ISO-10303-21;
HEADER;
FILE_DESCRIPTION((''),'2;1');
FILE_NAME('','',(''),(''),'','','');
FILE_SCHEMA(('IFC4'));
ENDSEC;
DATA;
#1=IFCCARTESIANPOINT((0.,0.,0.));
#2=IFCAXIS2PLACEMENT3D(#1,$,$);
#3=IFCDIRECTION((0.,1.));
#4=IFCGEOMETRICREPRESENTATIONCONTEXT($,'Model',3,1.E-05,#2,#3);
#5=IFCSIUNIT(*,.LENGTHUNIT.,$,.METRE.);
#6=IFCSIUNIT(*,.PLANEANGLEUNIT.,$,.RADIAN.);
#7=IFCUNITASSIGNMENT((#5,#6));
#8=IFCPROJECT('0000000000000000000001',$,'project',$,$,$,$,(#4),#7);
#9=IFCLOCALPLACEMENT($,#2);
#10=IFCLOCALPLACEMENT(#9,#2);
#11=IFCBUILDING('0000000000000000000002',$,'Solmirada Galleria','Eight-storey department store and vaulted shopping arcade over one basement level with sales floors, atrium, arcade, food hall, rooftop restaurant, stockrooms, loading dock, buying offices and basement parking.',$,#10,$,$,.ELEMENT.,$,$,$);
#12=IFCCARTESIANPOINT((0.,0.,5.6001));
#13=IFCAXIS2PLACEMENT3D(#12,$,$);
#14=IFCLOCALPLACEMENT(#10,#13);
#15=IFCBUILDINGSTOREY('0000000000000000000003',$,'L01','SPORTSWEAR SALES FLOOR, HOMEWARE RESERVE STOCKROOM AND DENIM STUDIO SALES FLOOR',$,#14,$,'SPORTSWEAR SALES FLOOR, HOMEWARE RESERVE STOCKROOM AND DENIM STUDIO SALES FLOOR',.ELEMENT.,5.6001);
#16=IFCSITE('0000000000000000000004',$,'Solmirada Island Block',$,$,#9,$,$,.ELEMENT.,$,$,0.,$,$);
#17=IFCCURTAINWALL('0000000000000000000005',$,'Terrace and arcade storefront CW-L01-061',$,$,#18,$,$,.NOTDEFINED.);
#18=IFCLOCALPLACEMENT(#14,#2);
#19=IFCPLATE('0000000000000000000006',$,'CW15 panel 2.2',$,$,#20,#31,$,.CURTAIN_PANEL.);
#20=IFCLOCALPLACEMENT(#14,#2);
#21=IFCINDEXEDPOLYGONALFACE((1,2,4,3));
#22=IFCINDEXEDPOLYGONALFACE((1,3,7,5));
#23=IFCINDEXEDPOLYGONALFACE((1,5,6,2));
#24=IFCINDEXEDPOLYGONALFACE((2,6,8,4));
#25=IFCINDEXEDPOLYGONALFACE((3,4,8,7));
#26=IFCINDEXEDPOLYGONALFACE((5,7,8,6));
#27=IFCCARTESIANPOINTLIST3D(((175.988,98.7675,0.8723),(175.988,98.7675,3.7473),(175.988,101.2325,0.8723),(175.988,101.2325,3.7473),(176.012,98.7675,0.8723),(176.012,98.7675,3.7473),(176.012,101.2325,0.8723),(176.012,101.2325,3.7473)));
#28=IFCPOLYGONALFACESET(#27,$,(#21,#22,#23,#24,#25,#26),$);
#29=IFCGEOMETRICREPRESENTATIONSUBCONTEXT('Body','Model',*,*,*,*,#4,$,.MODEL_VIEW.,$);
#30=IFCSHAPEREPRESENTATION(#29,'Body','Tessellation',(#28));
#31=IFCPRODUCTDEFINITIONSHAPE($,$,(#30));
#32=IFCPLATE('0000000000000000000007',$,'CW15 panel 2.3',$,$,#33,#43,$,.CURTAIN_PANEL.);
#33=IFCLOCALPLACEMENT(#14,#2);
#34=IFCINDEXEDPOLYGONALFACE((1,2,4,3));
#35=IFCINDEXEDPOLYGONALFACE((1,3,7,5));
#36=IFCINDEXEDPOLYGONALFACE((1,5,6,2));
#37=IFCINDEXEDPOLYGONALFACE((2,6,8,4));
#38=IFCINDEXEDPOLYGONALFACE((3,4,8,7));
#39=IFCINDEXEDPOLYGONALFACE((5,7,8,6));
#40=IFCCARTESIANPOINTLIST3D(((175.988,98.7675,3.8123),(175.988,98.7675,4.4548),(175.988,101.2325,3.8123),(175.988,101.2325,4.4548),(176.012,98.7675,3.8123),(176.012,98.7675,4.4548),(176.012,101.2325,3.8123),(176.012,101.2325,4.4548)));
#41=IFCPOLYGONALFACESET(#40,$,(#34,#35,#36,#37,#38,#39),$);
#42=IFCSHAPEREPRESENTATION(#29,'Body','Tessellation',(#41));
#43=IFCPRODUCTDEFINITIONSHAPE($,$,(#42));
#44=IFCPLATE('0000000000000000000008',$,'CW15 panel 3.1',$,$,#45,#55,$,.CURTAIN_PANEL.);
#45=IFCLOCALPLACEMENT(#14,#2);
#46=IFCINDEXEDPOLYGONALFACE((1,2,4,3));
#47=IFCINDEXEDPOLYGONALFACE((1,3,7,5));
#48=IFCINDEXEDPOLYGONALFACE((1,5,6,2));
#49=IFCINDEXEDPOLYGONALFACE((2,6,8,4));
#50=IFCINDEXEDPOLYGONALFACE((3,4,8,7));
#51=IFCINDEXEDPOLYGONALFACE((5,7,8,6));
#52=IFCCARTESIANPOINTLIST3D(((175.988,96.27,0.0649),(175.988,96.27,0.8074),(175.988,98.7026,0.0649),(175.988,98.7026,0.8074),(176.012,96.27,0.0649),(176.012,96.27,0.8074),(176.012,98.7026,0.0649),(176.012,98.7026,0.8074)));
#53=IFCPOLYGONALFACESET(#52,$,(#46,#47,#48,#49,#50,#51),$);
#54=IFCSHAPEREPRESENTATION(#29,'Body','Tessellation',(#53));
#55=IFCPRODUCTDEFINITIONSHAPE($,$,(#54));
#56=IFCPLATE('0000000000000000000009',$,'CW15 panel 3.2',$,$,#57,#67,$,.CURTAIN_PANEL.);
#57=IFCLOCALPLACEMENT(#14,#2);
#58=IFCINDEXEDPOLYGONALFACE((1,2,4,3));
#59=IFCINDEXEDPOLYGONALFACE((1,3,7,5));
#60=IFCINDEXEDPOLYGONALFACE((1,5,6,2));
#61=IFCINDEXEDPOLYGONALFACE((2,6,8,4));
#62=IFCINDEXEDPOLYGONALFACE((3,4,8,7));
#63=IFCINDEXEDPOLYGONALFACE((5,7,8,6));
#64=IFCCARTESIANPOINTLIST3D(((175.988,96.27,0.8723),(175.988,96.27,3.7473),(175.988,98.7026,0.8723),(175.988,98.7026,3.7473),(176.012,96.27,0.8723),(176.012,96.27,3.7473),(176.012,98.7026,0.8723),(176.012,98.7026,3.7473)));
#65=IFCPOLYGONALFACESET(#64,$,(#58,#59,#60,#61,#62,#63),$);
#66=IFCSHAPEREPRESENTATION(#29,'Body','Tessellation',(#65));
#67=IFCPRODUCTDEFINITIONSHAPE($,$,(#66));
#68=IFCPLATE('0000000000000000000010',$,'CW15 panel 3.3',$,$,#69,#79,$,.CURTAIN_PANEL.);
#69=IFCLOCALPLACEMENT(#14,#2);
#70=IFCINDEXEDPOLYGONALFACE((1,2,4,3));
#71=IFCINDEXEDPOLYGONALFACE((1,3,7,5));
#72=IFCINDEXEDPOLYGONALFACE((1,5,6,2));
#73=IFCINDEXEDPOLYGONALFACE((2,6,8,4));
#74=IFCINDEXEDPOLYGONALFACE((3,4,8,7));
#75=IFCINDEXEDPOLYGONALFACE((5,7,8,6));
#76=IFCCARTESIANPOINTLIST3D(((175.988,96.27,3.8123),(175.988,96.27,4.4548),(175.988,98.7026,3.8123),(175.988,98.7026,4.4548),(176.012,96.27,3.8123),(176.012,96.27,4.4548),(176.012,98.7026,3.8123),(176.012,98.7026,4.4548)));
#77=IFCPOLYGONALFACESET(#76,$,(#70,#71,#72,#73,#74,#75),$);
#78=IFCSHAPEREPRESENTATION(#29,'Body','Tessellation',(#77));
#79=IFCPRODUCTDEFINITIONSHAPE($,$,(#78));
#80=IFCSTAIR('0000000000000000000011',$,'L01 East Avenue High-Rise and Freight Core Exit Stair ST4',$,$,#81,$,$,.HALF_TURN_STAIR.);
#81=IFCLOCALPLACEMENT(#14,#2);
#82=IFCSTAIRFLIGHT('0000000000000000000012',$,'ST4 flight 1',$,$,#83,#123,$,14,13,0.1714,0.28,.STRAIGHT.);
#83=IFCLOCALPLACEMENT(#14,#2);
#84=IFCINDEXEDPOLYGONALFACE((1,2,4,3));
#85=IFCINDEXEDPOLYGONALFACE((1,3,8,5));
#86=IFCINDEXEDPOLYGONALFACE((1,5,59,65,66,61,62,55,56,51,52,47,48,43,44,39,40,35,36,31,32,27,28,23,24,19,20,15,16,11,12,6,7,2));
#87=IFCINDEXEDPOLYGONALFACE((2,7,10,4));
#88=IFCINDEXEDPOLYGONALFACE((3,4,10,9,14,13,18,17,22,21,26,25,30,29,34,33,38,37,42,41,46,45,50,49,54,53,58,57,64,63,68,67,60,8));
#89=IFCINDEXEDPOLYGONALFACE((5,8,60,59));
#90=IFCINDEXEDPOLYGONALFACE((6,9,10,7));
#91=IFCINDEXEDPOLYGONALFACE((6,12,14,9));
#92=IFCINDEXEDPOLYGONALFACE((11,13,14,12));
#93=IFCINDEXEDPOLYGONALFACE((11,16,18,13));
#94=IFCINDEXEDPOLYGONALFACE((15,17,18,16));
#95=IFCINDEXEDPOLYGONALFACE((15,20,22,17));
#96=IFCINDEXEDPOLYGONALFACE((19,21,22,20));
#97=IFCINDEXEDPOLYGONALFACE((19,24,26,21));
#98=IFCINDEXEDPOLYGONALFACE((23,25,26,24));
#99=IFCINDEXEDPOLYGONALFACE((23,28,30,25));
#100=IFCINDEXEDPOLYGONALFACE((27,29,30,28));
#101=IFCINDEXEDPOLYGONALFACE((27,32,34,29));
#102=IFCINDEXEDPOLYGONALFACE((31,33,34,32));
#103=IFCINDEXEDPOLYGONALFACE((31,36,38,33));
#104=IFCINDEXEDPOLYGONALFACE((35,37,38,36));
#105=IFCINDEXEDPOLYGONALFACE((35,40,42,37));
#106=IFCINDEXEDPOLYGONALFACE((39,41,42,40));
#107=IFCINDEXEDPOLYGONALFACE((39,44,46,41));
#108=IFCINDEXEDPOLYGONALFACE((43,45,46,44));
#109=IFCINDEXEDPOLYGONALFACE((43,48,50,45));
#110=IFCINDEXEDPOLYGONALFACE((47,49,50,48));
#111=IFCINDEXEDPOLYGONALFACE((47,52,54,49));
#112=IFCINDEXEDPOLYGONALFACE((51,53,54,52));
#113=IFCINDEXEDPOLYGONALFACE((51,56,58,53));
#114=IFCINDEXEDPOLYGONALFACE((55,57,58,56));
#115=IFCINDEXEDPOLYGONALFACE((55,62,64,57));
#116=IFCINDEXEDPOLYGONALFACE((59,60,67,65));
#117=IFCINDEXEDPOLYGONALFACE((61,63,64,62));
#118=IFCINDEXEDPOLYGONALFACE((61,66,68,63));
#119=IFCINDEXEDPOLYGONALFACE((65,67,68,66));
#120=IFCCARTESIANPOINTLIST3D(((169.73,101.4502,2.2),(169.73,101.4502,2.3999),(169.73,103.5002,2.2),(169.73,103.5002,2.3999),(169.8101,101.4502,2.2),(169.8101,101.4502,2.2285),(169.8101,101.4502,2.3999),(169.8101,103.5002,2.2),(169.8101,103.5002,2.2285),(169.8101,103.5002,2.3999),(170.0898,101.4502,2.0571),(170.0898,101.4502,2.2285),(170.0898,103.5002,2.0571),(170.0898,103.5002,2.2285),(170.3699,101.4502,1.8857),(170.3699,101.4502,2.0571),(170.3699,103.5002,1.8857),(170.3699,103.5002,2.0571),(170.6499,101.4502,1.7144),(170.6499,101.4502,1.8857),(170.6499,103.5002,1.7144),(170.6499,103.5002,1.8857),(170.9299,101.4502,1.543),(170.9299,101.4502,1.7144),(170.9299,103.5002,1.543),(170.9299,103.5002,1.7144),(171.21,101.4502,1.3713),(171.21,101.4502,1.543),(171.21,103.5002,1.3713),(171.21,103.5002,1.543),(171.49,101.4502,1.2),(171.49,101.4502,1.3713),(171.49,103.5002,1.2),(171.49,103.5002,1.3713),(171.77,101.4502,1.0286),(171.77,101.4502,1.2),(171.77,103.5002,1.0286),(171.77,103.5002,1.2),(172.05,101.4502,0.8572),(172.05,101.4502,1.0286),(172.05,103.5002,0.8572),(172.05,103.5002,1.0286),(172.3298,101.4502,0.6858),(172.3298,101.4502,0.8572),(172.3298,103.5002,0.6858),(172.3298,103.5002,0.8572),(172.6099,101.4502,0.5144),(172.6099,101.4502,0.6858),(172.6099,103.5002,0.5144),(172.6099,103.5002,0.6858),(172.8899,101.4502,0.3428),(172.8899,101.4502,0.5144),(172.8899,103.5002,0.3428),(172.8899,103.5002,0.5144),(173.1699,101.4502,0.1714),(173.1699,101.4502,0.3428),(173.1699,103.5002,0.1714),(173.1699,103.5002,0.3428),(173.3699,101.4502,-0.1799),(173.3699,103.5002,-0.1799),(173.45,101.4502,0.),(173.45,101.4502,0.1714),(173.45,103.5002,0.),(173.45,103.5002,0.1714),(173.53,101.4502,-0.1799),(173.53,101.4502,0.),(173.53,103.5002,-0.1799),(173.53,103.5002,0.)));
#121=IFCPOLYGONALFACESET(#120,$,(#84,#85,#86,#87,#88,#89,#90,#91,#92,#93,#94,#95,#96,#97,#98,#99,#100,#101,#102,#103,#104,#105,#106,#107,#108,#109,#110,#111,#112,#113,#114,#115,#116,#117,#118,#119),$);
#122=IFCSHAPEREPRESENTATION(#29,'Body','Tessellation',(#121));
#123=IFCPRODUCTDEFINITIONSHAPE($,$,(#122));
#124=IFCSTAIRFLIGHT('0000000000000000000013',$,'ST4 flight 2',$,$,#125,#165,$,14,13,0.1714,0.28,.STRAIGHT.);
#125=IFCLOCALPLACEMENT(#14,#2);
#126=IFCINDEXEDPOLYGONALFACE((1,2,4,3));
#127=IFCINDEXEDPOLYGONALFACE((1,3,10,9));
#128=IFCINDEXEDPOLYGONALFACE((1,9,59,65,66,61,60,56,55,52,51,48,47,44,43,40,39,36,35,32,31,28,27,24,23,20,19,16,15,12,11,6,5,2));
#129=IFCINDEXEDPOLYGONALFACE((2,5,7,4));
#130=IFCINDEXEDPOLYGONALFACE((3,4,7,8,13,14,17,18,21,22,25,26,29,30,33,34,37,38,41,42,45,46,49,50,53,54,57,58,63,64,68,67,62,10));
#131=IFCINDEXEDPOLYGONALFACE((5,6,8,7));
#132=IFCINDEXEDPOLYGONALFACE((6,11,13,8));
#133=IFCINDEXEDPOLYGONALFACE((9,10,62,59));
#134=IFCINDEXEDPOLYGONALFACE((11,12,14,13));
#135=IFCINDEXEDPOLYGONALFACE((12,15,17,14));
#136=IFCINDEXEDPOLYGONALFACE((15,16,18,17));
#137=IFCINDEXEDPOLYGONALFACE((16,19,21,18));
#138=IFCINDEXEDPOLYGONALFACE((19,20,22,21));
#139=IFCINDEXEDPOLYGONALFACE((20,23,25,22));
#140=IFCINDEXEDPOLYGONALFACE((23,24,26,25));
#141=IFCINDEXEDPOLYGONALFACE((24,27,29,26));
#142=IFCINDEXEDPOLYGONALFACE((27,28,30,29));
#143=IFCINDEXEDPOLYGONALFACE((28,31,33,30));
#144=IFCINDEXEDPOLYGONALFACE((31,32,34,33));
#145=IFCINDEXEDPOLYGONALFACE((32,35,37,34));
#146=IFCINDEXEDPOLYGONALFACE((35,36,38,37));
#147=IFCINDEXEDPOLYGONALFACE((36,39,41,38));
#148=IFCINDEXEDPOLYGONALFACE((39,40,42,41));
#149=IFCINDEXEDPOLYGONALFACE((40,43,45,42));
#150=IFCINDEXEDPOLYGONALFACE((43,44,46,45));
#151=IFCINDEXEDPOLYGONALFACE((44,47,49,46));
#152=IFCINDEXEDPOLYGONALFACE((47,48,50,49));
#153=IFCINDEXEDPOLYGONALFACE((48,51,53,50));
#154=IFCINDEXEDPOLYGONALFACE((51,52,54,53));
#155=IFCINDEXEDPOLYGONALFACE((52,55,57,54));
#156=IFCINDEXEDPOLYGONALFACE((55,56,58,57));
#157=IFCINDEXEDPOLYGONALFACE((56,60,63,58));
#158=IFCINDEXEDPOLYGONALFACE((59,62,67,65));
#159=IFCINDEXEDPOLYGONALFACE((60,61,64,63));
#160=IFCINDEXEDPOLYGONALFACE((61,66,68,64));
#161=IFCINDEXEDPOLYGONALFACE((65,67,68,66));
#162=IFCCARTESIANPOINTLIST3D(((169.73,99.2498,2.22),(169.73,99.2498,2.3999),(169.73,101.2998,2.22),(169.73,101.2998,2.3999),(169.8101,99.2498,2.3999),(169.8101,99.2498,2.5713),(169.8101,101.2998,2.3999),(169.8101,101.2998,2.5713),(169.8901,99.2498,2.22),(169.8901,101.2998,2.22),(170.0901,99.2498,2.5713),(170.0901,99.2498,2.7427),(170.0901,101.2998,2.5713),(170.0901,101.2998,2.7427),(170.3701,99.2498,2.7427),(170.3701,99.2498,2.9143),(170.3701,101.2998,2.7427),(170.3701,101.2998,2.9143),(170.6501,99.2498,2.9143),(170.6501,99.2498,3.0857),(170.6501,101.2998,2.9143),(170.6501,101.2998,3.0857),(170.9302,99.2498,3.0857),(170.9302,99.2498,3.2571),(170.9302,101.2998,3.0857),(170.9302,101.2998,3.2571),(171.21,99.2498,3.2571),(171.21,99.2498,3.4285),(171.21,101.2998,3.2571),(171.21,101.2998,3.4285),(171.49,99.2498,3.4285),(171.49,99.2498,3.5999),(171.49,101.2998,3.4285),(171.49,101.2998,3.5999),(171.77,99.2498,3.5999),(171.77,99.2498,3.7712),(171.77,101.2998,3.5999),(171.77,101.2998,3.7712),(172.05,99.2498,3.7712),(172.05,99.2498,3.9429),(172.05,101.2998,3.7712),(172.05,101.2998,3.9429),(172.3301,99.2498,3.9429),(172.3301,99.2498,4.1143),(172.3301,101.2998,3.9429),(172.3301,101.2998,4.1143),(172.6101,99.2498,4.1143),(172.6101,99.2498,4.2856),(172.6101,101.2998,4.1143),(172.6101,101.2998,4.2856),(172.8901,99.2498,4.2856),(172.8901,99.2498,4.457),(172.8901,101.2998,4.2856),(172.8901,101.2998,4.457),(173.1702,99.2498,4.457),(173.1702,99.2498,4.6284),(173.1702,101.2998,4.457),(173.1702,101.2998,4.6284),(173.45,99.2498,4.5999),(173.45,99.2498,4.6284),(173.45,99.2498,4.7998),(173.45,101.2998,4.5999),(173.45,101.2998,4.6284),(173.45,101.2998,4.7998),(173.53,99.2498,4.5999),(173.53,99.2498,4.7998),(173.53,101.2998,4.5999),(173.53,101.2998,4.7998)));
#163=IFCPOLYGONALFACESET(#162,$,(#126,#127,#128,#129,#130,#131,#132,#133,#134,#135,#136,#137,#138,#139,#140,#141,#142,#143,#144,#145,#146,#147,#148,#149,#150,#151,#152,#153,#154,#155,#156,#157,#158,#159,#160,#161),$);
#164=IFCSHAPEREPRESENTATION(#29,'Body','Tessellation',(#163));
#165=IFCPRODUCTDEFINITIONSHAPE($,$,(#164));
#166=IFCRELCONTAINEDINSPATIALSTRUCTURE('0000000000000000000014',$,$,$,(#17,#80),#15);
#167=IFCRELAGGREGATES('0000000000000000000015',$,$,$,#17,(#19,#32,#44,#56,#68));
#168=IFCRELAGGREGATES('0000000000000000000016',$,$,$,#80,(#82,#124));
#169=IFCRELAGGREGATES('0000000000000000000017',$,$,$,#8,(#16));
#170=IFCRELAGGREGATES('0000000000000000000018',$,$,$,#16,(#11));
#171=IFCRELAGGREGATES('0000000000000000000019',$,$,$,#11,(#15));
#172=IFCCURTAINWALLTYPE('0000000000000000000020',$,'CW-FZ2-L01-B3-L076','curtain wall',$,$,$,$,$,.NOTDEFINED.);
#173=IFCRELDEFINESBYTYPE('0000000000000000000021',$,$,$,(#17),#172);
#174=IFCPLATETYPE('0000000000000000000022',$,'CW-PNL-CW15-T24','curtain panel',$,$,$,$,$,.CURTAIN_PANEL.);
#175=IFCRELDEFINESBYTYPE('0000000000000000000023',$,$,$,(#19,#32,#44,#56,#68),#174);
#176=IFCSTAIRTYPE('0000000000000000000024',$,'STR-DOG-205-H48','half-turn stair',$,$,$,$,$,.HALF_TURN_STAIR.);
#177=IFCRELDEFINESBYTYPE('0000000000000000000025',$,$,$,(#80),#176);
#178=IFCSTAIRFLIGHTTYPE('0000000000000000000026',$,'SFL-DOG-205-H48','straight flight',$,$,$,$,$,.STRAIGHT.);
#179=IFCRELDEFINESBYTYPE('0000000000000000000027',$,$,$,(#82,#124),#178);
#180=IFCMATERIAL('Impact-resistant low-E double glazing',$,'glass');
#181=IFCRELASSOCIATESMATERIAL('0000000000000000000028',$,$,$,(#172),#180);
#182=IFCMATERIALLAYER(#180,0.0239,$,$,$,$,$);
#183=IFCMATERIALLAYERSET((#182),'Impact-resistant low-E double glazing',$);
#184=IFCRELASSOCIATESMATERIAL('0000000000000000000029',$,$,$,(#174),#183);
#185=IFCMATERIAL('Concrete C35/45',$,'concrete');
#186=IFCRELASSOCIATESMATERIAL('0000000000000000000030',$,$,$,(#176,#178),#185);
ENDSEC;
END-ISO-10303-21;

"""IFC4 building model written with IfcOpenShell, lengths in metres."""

from ifc_helpers import new_model, si_unit, direction, frame, origin, origin_2d, place, context, subcontext, project, spatial, polyline, rectangle, outline, extrude, material, layer, layer_set, type_object, element, aggregate, save


model = new_model("IFC4")

# Units and contexts
model_context = context("Model", 3, precision=1e-05, world=origin(), true_north=direction((0.0, 1.0)))
body_context = subcontext(model_context, "Body", "Model", "MODEL_VIEW")
ifc_project = project(units=[si_unit("LENGTHUNIT", "METRE"), si_unit("PLANEANGLEUNIT", "RADIAN")], contexts=[model_context])

# Site, building, storey
site_placement = place(None, origin())
site = spatial("IfcSite", under=ifc_project, at=site_placement, Name="Solmirada Island Block", CompositionType="ELEMENT", RefElevation=0.0)
building_placement = place(site_placement, origin())
building = spatial("IfcBuilding", under=site, at=building_placement, Name="Solmirada Galleria", Description="Eight-storey department store and vaulted shopping arcade over one basement level with sales floors, atrium, arcade, food hall, rooftop restaurant, stockrooms, loading dock, buying offices and basement parking.", CompositionType="ELEMENT")
storey_placement = place(building_placement, frame((0.0, 0.0, 5.6001)))
storey = spatial("IfcBuildingStorey", under=building, at=storey_placement, Name="L01", Description="SPORTSWEAR SALES FLOOR, HOMEWARE RESERVE STOCKROOM AND DENIM STUDIO SALES FLOOR", LongName="SPORTSWEAR SALES FLOOR, HOMEWARE RESERVE STOCKROOM AND DENIM STUDIO SALES FLOOR", CompositionType="ELEMENT", Elevation=5.6001)

# Curtain wall, plates
ifc_material_1 = material(Name="Impact-resistant low-E double glazing", Category="glass")
curtain_wall_type = type_object("IfcCurtainWallType", Name="CW-FZ2-L01-B3-L076", Description="curtain wall", PredefinedType="NOTDEFINED", material=ifc_material_1)
curtain_wall_placement = place(storey_placement, origin())
curtain_wall = element("IfcCurtainWall", 1, at=curtain_wall_placement, inside=storey, type_object=curtain_wall_type, Name="Terrace and arcade storefront CW-L01-061", PredefinedType="NOTDEFINED")
ifc_layer = layer(ifc_material_1, 0.0239)
ifc_layer_set = layer_set([ifc_layer], Name="Impact-resistant low-E double glazing")
plate_type = type_object("IfcPlateType", Name="CW-PNL-CW15-T24", Description="curtain panel", PredefinedType="CURTAIN_PANEL", material=ifc_layer_set)
plate_1_placement = place(storey_placement, frame((176.0, 100.0, 0.8723), z_axis=(0.0, 0.0, 1.0), x_axis=(0.0, -1.0, 0.0)))
plate_1 = element("IfcPlate", 2, at=plate_1_placement, type_object=plate_type, Name="CW15 panel 2.2", PredefinedType="CURTAIN_PANEL", context=body_context, shape_type="SweptSolid", body=[
    extrude(rectangle(XDim=2.4651, YDim=0.0239, at=origin_2d()), origin(), (0.0, 0.0, 1.0), 2.875),
])
plate_2_placement = place(storey_placement, frame((176.0, 100.0, 3.8123), z_axis=(0.0, 0.0, 1.0), x_axis=(0.0, -1.0, 0.0)))
plate_2 = element("IfcPlate", 3, at=plate_2_placement, type_object=plate_type, Name="CW15 panel 2.3", PredefinedType="CURTAIN_PANEL", context=body_context, shape_type="SweptSolid", body=[
    extrude(rectangle(XDim=2.4651, YDim=0.0239, at=origin_2d()), origin(), (0.0, 0.0, 1.0), 0.6426),
])
plate_3_placement = place(storey_placement, frame((176.0, 97.4863, 0.0649), z_axis=(0.0, 0.0, 1.0), x_axis=(0.0, -1.0, 0.0)))
plate_3 = element("IfcPlate", 4, at=plate_3_placement, type_object=plate_type, Name="CW15 panel 3.1", PredefinedType="CURTAIN_PANEL", context=body_context, shape_type="SweptSolid", body=[
    extrude(rectangle(XDim=2.4326, YDim=0.0239, at=origin_2d()), origin(), (0.0, 0.0, 1.0), 0.7424),
])
plate_4_placement = place(storey_placement, frame((176.0, 97.4863, 0.8723), z_axis=(0.0, 0.0, 1.0), x_axis=(0.0, -1.0, 0.0)))
plate_4 = element("IfcPlate", 5, at=plate_4_placement, type_object=plate_type, Name="CW15 panel 3.2", PredefinedType="CURTAIN_PANEL", context=body_context, shape_type="SweptSolid", body=[
    extrude(rectangle(XDim=2.4326, YDim=0.0239, at=origin_2d()), origin(), (0.0, 0.0, 1.0), 2.875),
])
plate_5_placement = place(storey_placement, frame((176.0, 97.4863, 3.8123), z_axis=(0.0, 0.0, 1.0), x_axis=(0.0, -1.0, 0.0)))
plate_5 = element("IfcPlate", 6, at=plate_5_placement, type_object=plate_type, Name="CW15 panel 3.3", PredefinedType="CURTAIN_PANEL", context=body_context, shape_type="SweptSolid", body=[
    extrude(rectangle(XDim=2.4326, YDim=0.0239, at=origin_2d()), origin(), (0.0, 0.0, 1.0), 0.6426),
])
aggregate(curtain_wall, [plate_1, plate_2, plate_3, plate_4, plate_5])

# Stair, stair flights
ifc_material_2 = material(Name="Concrete C35/45", Category="concrete")
stair_type = type_object("IfcStairType", Name="STR-DOG-205-H48", Description="half-turn stair", PredefinedType="HALF_TURN_STAIR", material=ifc_material_2)
stair_placement = place(storey_placement, origin())
stair = element("IfcStair", 7, at=stair_placement, inside=storey, type_object=stair_type, Name="L01 East Avenue High-Rise and Freight Core Exit Stair ST4", PredefinedType="HALF_TURN_STAIR")
stair_flight_type = type_object("IfcStairFlightType", Name="SFL-DOG-205-H48", Description="straight flight", PredefinedType="STRAIGHT", material=ifc_material_2)
stair_flight_1_placement = place(storey_placement, frame((173.45, 102.4751, 0.0), z_axis=(0.0, 0.0, 1.0), x_axis=(-1.0, 0.0, 0.0)))
stair_flight_1 = element("IfcStairFlight", 8, at=stair_flight_1_placement, type_object=stair_flight_type, Name="ST4 flight 1", NumberOfRisers=14, NumberOfTreads=13, PredefinedType="STRAIGHT", RiserHeight=0.1714, TreadLength=0.28, context=body_context, shape_type="SweptSolid", body=[
    extrude(outline(polyline([(-0.0801, 0.0), (0.0, 0.0), (0.0, 0.1714), (0.28, 0.1714), (0.28, 0.3428), (0.5601, 0.3428), (0.5601, 0.5144), (0.8401, 0.5144), (0.8401, 0.6858), (1.1201, 0.6858), (1.1201, 0.8572), (1.3999, 0.8572), (1.3999, 1.0286), (1.6799, 1.0286), (1.6799, 1.2), (1.96, 1.2), (1.96, 1.3713), (2.24, 1.3713), (2.24, 1.543), (2.52, 1.543), (2.52, 1.7144), (2.8, 1.7144), (2.8, 1.8857), (3.0801, 1.8857), (3.0801, 2.0571), (3.3601, 2.0571), (3.3601, 2.2285), (3.6399, 2.2285), (3.6399, 2.3999), (3.72, 2.3999), (3.72, 2.2), (3.6399, 2.2), (0.0801, -0.1799), (-0.0801, -0.1799), (-0.0801, 0.0)])), frame((0.0, 1.0249, 0.0), z_axis=(0.0, -1.0, 0.0), x_axis=(1.0, 0.0, 0.0)), (0.0, 0.0, 1.0), 2.05),
])
stair_flight_2_placement = place(storey_placement, frame((169.8101, 100.2749, 2.3999), z_axis=(0.0, 0.0, 1.0), x_axis=(1.0, 0.0, 0.0)))
stair_flight_2 = element("IfcStairFlight", 9, at=stair_flight_2_placement, type_object=stair_flight_type, Name="ST4 flight 2", NumberOfRisers=14, NumberOfTreads=13, PredefinedType="STRAIGHT", RiserHeight=0.1714, TreadLength=0.28, context=body_context, shape_type="SweptSolid", body=[
    extrude(outline(polyline([(-0.0801, 0.0), (0.0, 0.0), (0.0, 0.1714), (0.28, 0.1714), (0.28, 0.3428), (0.5601, 0.3428), (0.5601, 0.5144), (0.8401, 0.5144), (0.8401, 0.6858), (1.1201, 0.6858), (1.1201, 0.8572), (1.3999, 0.8572), (1.3999, 1.0286), (1.6799, 1.0286), (1.6799, 1.2), (1.96, 1.2), (1.96, 1.3713), (2.24, 1.3713), (2.24, 1.543), (2.52, 1.543), (2.52, 1.7144), (2.8, 1.7144), (2.8, 1.8857), (3.0801, 1.8857), (3.0801, 2.0571), (3.3601, 2.0571), (3.3601, 2.2285), (3.6399, 2.2285), (3.6399, 2.3999), (3.72, 2.3999), (3.72, 2.2), (3.6399, 2.2), (0.0801, -0.1799), (-0.0801, -0.1799), (-0.0801, 0.0)])), frame((0.0, 1.0249, 0.0), z_axis=(0.0, -1.0, 0.0), x_axis=(1.0, 0.0, 0.0)), (0.0, 0.0, 1.0), 2.05),
])
aggregate(stair, [stair_flight_1, stair_flight_2])

save(model, "model.ifc")
